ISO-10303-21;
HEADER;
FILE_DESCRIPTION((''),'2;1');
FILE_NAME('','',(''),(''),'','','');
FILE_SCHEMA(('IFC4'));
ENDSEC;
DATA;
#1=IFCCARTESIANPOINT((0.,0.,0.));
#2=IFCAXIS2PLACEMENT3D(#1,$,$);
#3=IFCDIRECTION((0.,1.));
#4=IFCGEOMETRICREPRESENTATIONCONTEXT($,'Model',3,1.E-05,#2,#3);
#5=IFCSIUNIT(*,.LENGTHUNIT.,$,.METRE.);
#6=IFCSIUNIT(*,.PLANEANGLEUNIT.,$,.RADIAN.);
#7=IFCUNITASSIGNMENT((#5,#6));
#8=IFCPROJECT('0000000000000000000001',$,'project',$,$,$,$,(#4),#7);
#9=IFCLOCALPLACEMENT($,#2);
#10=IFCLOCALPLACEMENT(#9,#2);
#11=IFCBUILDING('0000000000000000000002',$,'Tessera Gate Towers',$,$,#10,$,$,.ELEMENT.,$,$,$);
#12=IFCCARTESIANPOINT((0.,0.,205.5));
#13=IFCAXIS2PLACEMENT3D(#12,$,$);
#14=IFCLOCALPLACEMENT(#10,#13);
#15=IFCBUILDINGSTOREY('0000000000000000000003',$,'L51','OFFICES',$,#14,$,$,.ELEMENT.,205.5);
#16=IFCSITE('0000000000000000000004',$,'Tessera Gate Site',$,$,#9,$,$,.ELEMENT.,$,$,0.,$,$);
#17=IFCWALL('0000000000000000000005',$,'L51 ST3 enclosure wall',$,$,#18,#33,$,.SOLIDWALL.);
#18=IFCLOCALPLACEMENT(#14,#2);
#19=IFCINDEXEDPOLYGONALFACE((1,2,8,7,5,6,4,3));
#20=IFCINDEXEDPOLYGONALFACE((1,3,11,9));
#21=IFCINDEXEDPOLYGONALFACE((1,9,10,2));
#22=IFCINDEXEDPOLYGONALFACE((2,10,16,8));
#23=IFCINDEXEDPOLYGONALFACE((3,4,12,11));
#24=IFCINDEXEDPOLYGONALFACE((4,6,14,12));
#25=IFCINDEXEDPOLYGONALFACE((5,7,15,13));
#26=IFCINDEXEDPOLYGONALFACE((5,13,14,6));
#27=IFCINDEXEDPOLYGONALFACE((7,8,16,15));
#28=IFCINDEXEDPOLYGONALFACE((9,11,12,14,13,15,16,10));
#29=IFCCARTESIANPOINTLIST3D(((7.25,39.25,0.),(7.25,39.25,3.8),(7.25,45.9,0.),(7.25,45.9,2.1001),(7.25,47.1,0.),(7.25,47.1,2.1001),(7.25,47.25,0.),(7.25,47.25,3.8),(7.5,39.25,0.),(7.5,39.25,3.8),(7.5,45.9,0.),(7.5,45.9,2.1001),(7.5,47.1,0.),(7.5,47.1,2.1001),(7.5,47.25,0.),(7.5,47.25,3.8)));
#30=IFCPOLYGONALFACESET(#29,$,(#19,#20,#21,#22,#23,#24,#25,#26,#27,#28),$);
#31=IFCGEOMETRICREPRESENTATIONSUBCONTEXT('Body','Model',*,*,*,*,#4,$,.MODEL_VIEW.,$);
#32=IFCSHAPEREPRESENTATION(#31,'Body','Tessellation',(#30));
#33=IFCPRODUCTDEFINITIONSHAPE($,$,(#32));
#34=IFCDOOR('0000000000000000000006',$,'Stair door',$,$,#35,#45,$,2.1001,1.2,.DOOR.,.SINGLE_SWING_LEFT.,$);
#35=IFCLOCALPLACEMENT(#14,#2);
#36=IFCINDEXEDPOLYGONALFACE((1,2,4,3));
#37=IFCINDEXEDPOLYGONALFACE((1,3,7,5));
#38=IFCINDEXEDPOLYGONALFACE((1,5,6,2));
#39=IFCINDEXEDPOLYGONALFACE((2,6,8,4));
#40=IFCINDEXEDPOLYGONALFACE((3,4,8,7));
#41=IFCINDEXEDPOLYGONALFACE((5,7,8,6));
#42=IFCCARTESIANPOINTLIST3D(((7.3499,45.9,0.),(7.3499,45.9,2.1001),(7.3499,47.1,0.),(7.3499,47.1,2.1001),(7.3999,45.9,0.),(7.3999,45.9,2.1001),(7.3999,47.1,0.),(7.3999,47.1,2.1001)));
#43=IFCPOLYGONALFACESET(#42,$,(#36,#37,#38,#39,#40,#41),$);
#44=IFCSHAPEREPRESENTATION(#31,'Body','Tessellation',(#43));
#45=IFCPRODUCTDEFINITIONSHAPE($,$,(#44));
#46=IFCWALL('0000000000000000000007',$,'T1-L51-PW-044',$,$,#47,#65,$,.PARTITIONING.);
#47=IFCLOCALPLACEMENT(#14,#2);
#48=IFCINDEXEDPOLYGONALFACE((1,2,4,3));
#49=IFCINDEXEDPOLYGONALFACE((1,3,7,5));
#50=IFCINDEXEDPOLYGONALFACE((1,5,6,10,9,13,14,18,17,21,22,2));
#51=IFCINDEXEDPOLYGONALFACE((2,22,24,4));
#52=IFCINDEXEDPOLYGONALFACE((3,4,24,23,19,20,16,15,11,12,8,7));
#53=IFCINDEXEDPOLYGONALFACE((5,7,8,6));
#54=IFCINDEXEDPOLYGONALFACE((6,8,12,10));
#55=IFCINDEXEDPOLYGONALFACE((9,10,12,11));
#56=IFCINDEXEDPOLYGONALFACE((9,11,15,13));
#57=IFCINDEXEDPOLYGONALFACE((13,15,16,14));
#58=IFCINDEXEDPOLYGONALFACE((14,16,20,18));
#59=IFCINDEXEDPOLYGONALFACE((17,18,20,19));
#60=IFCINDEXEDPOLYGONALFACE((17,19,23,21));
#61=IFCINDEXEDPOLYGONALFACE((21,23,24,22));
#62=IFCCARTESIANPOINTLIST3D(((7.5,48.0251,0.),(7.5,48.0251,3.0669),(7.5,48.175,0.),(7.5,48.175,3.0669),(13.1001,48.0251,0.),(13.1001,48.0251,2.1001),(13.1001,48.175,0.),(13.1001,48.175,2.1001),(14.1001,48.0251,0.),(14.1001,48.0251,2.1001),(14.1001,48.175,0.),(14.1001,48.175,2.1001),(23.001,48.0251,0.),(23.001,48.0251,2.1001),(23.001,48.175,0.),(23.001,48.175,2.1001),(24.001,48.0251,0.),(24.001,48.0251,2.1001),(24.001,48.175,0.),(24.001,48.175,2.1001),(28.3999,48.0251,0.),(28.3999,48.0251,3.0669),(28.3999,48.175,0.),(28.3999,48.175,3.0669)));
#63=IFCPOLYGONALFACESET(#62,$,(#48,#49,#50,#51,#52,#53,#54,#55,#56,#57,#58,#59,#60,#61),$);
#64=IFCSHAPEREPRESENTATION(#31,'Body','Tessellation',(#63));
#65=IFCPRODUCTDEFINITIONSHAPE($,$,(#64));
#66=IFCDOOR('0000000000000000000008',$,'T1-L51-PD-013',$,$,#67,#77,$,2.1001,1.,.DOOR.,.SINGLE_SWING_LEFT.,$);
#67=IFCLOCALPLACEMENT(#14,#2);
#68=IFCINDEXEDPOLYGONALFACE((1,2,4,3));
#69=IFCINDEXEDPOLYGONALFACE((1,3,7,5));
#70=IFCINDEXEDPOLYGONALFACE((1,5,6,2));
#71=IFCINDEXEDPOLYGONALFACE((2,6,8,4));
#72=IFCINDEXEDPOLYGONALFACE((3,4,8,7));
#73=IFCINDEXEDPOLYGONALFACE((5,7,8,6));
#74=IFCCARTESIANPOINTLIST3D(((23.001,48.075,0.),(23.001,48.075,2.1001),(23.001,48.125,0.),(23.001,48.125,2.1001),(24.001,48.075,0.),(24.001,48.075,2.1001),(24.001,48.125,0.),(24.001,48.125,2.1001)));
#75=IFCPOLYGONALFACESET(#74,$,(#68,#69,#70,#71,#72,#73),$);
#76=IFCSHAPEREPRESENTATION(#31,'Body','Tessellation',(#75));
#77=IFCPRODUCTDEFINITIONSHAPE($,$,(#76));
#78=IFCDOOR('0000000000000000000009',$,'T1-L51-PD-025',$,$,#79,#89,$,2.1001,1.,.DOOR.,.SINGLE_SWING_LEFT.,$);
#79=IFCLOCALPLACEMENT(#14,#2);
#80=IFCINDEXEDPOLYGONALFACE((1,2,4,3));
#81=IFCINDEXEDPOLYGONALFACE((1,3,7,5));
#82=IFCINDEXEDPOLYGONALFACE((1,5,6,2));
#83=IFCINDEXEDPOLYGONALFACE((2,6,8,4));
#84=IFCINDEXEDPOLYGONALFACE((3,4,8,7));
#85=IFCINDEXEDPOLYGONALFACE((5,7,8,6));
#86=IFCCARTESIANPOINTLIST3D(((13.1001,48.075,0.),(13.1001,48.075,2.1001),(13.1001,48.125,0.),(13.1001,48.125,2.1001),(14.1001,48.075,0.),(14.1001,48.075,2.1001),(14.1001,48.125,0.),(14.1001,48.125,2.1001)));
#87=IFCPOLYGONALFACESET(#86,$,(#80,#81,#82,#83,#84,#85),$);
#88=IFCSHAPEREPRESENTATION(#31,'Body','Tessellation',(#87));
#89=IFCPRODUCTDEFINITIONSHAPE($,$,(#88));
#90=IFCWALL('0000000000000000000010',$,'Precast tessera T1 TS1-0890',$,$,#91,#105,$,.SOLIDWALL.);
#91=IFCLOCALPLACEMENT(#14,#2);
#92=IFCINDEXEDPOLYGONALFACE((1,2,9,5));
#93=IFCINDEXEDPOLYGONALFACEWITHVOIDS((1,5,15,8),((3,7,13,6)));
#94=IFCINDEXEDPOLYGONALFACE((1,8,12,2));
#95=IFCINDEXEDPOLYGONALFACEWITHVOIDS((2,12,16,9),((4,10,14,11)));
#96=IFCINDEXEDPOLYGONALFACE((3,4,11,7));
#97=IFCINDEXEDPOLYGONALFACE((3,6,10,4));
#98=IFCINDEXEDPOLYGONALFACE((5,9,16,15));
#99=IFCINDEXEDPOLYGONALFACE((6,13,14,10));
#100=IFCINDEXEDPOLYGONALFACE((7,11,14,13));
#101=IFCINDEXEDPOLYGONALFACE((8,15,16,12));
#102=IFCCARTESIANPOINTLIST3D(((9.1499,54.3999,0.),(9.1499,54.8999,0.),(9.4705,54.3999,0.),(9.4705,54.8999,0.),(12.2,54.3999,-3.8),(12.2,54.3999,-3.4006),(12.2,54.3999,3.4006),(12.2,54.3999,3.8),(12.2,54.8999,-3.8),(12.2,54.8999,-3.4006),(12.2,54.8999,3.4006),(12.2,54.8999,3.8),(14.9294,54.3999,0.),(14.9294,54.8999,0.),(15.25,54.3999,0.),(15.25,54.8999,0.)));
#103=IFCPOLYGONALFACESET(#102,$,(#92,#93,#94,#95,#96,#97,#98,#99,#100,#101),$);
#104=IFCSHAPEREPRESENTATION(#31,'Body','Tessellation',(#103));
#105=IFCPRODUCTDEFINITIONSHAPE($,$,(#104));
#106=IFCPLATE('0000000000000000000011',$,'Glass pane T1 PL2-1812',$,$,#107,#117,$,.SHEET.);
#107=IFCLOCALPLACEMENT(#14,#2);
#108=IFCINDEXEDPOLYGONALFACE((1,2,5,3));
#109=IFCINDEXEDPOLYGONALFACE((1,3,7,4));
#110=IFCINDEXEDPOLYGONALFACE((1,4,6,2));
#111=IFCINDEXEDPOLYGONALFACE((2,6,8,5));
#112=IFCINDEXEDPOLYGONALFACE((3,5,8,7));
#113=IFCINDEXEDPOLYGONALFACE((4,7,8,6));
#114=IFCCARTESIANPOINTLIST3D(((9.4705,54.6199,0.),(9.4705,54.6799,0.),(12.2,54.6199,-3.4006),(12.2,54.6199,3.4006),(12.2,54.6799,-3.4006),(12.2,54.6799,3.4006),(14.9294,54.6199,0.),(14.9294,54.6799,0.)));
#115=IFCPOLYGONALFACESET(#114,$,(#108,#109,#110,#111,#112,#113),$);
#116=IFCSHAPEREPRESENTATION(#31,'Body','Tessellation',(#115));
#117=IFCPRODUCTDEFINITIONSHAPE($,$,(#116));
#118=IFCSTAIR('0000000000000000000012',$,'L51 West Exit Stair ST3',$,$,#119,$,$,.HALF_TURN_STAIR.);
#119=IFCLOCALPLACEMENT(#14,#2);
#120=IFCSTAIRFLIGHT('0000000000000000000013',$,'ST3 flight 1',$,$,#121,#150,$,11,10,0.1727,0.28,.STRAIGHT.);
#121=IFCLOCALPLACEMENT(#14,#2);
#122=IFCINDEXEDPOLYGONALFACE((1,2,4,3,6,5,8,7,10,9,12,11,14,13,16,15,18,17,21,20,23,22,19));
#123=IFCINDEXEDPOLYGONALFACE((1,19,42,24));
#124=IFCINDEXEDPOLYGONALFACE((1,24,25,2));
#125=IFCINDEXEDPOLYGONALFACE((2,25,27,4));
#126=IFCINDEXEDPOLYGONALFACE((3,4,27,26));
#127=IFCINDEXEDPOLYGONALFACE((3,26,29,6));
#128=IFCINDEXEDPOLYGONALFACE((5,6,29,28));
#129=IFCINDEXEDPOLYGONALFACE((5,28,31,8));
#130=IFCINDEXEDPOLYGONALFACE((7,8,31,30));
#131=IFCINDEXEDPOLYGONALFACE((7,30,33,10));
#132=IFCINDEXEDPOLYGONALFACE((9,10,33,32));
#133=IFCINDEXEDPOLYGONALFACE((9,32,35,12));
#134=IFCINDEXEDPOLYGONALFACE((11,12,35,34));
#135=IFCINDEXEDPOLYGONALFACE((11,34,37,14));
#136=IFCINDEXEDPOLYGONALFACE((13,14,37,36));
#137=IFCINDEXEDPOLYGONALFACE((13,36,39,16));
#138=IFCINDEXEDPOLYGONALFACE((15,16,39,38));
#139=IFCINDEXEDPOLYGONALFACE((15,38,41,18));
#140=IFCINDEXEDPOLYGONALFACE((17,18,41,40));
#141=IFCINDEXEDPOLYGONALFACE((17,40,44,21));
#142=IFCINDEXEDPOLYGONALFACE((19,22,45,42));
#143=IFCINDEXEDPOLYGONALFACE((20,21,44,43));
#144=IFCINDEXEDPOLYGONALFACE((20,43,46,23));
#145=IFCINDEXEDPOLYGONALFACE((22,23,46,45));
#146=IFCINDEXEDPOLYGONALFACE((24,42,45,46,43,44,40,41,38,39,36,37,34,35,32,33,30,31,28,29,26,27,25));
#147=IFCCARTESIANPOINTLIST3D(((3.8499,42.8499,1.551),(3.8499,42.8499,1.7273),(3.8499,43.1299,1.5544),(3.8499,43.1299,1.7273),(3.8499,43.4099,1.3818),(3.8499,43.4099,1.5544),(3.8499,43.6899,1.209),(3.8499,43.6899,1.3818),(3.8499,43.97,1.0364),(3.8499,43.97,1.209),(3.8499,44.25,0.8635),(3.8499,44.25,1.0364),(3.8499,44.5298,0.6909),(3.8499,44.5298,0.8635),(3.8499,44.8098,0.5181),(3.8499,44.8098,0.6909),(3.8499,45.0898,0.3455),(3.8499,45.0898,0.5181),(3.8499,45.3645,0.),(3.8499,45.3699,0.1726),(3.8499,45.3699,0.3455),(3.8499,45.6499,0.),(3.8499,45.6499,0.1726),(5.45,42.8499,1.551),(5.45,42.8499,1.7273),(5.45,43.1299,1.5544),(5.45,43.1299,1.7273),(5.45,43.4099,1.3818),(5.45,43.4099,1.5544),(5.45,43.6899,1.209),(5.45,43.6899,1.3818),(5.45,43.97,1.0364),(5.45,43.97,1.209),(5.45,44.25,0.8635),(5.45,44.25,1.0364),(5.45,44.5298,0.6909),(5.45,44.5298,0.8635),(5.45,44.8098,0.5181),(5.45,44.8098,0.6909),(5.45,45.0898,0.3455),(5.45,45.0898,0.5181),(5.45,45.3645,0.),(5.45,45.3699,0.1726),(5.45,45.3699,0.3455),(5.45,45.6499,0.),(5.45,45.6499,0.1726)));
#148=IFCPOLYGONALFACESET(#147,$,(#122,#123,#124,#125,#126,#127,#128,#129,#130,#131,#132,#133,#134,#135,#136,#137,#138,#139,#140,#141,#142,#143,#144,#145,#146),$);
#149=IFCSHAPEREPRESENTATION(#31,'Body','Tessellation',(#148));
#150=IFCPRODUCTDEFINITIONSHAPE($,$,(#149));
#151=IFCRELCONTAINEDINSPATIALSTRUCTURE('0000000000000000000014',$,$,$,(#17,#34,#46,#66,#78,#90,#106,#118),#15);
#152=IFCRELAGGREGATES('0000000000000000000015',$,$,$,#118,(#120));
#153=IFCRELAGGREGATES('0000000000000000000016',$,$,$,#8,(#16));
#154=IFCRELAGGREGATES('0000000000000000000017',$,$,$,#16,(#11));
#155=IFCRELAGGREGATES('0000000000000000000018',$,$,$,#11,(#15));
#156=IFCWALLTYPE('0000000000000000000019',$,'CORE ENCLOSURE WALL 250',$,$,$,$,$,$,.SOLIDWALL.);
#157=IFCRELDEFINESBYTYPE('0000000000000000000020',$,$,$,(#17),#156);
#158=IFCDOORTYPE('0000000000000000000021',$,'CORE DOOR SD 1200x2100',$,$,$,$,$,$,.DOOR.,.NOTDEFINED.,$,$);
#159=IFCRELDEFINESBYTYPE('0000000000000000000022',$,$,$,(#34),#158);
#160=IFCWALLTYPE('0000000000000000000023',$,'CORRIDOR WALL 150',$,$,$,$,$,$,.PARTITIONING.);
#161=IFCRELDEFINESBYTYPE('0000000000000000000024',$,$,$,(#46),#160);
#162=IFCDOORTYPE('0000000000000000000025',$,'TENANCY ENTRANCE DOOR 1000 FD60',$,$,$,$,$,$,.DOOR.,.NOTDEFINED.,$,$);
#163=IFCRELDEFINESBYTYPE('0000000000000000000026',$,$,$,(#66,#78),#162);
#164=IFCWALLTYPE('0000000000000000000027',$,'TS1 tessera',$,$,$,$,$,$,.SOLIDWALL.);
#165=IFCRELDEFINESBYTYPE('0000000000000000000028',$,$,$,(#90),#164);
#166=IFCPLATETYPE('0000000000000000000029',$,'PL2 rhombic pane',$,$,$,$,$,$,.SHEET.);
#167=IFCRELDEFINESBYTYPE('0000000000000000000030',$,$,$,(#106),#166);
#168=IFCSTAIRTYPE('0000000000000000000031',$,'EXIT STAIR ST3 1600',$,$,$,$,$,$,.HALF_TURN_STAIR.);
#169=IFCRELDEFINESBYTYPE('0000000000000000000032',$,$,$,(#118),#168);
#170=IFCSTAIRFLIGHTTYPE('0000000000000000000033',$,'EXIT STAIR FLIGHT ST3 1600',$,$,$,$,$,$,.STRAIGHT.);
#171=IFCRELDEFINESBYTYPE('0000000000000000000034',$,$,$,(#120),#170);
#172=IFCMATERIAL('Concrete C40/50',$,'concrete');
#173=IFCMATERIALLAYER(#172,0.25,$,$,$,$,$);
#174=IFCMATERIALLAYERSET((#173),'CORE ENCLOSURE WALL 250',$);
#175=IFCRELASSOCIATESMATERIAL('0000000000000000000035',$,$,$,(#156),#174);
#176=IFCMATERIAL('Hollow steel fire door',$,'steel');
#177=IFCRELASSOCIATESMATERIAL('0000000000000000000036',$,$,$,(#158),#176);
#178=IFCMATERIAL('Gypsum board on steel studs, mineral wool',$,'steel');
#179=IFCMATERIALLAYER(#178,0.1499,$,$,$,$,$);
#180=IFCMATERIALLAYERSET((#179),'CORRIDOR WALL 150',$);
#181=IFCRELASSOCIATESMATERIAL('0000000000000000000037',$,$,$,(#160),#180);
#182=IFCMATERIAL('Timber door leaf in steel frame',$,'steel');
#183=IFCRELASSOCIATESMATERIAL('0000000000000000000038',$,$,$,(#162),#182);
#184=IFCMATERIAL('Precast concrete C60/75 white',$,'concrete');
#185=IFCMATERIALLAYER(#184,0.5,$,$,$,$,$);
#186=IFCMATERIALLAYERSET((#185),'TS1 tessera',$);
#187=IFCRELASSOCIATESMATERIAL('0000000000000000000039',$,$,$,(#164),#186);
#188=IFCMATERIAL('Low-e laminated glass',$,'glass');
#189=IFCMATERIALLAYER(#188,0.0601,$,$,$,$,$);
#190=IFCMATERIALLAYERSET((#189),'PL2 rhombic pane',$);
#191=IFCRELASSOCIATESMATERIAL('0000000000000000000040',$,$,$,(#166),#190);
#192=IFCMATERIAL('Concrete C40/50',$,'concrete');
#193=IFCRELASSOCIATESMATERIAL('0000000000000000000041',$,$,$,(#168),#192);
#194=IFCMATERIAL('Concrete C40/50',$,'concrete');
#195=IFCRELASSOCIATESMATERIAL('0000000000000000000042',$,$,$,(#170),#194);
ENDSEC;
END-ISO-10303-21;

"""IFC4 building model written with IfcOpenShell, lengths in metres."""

from ifc_helpers import new_model, si_unit, direction, frame, frame_2d, origin, place, context, subcontext, project, spatial, polyline, rectangle, outline, extrude, source, transform, mapped, material, layer, layer_set, type_object, element, fill, aggregate, save


model = new_model("IFC4")

# Units and contexts
model_context = context("Model", 3, precision=1e-05, world=origin(), true_north=direction((0.0, 1.0)))
body_context = subcontext(model_context, "Body", "Model", "MODEL_VIEW")
ifc_project = project(units=[si_unit("LENGTHUNIT", "METRE"), si_unit("PLANEANGLEUNIT", "RADIAN")], contexts=[model_context])

# Site, building, storey
site_placement = place(None, origin())
site = spatial("IfcSite", under=ifc_project, at=site_placement, Name="Tessera Gate Site", CompositionType="ELEMENT", RefElevation=0.0)
building_placement = place(site_placement, origin())
building = spatial("IfcBuilding", under=site, at=building_placement, Name="Tessera Gate Towers", CompositionType="ELEMENT")
storey_placement = place(building_placement, frame((0.0, 0.0, 205.5)))
storey = spatial("IfcBuildingStorey", under=building, at=storey_placement, Name="L51", Description="OFFICES", CompositionType="ELEMENT", Elevation=205.5)

# Shared definitions
ifc_material_1 = material(Name="Concrete C40/50", Category="concrete")
ifc_layer_1 = layer(ifc_material_1, 0.25)
ifc_layer_set_1 = layer_set([ifc_layer_1], Name="CORE ENCLOSURE WALL 250")
wall_type_1 = type_object("IfcWallType", Name="CORE ENCLOSURE WALL 250", PredefinedType="SOLIDWALL", material=ifc_layer_set_1)

# Wall, opening, door
wall_1_placement = place(storey_placement, frame((7.375, 47.25, 0.0), z_axis=(0.0, 0.0, 1.0), x_axis=(0.0, -1.0, 0.0)))
wall_1 = element("IfcWall", 1, at=wall_1_placement, inside=storey, type_object=wall_type_1, Name="L51 ST3 enclosure wall", PredefinedType="SOLIDWALL", context=body_context, shape_type="SweptSolid", body=[
    extrude(rectangle(XDim=8.0, YDim=0.25, at=frame_2d((4.0, 0.0))), origin(), (0.0, 0.0, 1.0), 3.8),
])
shared_shape_1 = source(origin(), body_context, "Body", "SweptSolid", [
    extrude(rectangle(XDim=1.2, YDim=2.1001, at=frame_2d((0.6001, 1.05))), frame((0.0, 0.135, 0.0), z_axis=(0.0, -1.0, 0.0), x_axis=(1.0, 0.0, 0.0)), (0.0, 0.0, 1.0), 0.27),
])
opening_1_placement = place(wall_1_placement, frame((0.1499, 0.0, 0.0)))
opening_1 = element("IfcOpeningElement", 2, at=opening_1_placement, cuts=wall_1, PredefinedType="OPENING", context=body_context, shape_type="MappedRepresentation", body=[
    mapped(shared_shape_1, transform((0.0, 0.0, 0.0), scale=1.0)),
])
ifc_material_2 = material(Name="Hollow steel fire door", Category="steel")
door_type_1 = type_object("IfcDoorType", Name="CORE DOOR SD 1200x2100", OperationType="NOTDEFINED", PredefinedType="DOOR", material=ifc_material_2)
shared_shape_2 = source(origin(), body_context, "Body", "SweptSolid", [
    extrude(rectangle(XDim=1.2, YDim=2.1001, at=frame_2d((0.6001, 1.05))), frame((0.0, 0.0249, 0.0), z_axis=(0.0, -1.0, 0.0), x_axis=(1.0, 0.0, 0.0)), (0.0, 0.0, 1.0), 0.05),
])
door_1_placement = place(opening_1_placement, origin())
door_1 = element("IfcDoor", 3, at=door_1_placement, inside=storey, type_object=door_type_1, Name="Stair door", OperationType="SINGLE_SWING_LEFT", OverallHeight=2.1001, OverallWidth=1.2, PredefinedType="DOOR", context=body_context, shape_type="MappedRepresentation", body=[
    mapped(shared_shape_2, transform((0.0, 0.0, 0.0), scale=1.0)),
])
fill(opening_1, door_1)

# Wall, openings, doors
ifc_material_3 = material(Name="Gypsum board on steel studs, mineral wool", Category="steel")
ifc_layer_2 = layer(ifc_material_3, 0.1499)
ifc_layer_set_2 = layer_set([ifc_layer_2], Name="CORRIDOR WALL 150")
wall_type_2 = type_object("IfcWallType", Name="CORRIDOR WALL 150", PredefinedType="PARTITIONING", material=ifc_layer_set_2)
wall_2_placement = place(storey_placement, frame((7.5, 48.1001, 0.0), z_axis=(0.0, 0.0, 1.0), x_axis=(1.0, 0.0, 0.0)))
wall_2 = element("IfcWall", 4, at=wall_2_placement, inside=storey, type_object=wall_type_2, Name="T1-L51-PW-044", PredefinedType="PARTITIONING", context=body_context, shape_type="SweptSolid", body=[
    extrude(rectangle(XDim=20.8999, YDim=0.1499, at=frame_2d((10.45, 0.0))), origin(), (0.0, 0.0, 1.0), 3.0669),
])
shared_shape_3 = source(origin(), body_context, "Body", "SweptSolid", [
    extrude(rectangle(XDim=1.0, YDim=2.1001, at=frame_2d((0.5, 1.05))), frame((0.0, 0.085, 0.0), z_axis=(0.0, -1.0, 0.0), x_axis=(1.0, 0.0, 0.0)), (0.0, 0.0, 1.0), 0.1699),
])
opening_2_placement = place(wall_2_placement, frame((15.501, 0.0, 0.0)))
opening_2 = element("IfcOpeningElement", 5, at=opening_2_placement, cuts=wall_2, PredefinedType="OPENING", context=body_context, shape_type="MappedRepresentation", body=[
    mapped(shared_shape_3, transform((0.0, 0.0, 0.0), scale=1.0)),
])
opening_3_placement = place(wall_2_placement, frame((5.6001, 0.0, 0.0)))
opening_3 = element("IfcOpeningElement", 6, at=opening_3_placement, cuts=wall_2, PredefinedType="OPENING", context=body_context, shape_type="MappedRepresentation", body=[
    mapped(shared_shape_3, transform((0.0, 0.0, 0.0), scale=1.0)),
])
ifc_material_4 = material(Name="Timber door leaf in steel frame", Category="steel")
door_type_2 = type_object("IfcDoorType", Name="TENANCY ENTRANCE DOOR 1000 FD60", OperationType="NOTDEFINED", PredefinedType="DOOR", material=ifc_material_4)
shared_shape_4 = source(origin(), body_context, "Body", "SweptSolid", [
    extrude(rectangle(XDim=1.0, YDim=2.1001, at=frame_2d((0.5, 1.05))), frame((0.0, 0.0249, 0.0), z_axis=(0.0, -1.0, 0.0), x_axis=(1.0, 0.0, 0.0)), (0.0, 0.0, 1.0), 0.05),
])
door_2_placement = place(opening_2_placement, origin())
door_2 = element("IfcDoor", 7, at=door_2_placement, inside=storey, type_object=door_type_2, Name="T1-L51-PD-013", OperationType="SINGLE_SWING_LEFT", OverallHeight=2.1001, OverallWidth=1.0, PredefinedType="DOOR", context=body_context, shape_type="MappedRepresentation", body=[
    mapped(shared_shape_4, transform((0.0, 0.0, 0.0), scale=1.0)),
])
fill(opening_2, door_2)
door_3_placement = place(opening_3_placement, origin())
door_3 = element("IfcDoor", 8, at=door_3_placement, inside=storey, type_object=door_type_2, Name="T1-L51-PD-025", OperationType="SINGLE_SWING_LEFT", OverallHeight=2.1001, OverallWidth=1.0, PredefinedType="DOOR", context=body_context, shape_type="MappedRepresentation", body=[
    mapped(shared_shape_4, transform((0.0, 0.0, 0.0), scale=1.0)),
])
fill(opening_3, door_3)

# Wall, opening, plate
ifc_material_5 = material(Name="Precast concrete C60/75 white", Category="concrete")
ifc_layer_3 = layer(ifc_material_5, 0.5)
ifc_layer_set_3 = layer_set([ifc_layer_3], Name="TS1 tessera")
wall_type_3 = type_object("IfcWallType", Name="TS1 tessera", PredefinedType="SOLIDWALL", material=ifc_layer_set_3)
shared_shape_5 = source(origin(), body_context, "Body", "SweptSolid", [
    extrude(outline(polyline([(3.05, 0.0), (6.1001, 3.8), (3.05, 7.6001), (0.0, 3.8), (3.05, 0.0)])), frame((0.0, 0.25, 0.0), z_axis=(0.0, -1.0, 0.0), x_axis=(1.0, 0.0, 0.0)), (0.0, 0.0, 1.0), 0.5),
])
wall_3_placement = place(storey_placement, frame((15.25, 54.6499, -3.8), z_axis=(0.0, 0.0, 1.0), x_axis=(-1.0, 0.0, 0.0)))
wall_3 = element("IfcWall", 9, at=wall_3_placement, inside=storey, type_object=wall_type_3, Name="Precast tessera T1 TS1-0890", PredefinedType="SOLIDWALL", context=body_context, shape_type="MappedRepresentation", body=[
    mapped(shared_shape_5, transform((0.0, 0.0, 0.0), scale=1.0)),
])
shared_shape_6 = source(origin(), body_context, "Body", "SweptSolid", [
    extrude(outline(polyline([(3.05, 0.3994), (5.7795, 3.8), (3.05, 7.2007), (0.3206, 3.8), (3.05, 0.3994)])), frame((0.0, 0.26, 0.0), z_axis=(0.0, -1.0, 0.0), x_axis=(1.0, 0.0, 0.0)), (0.0, 0.0, 1.0), 0.52),
])
opening_4_placement = place(wall_3_placement, origin())
opening_4 = element("IfcOpeningElement", 10, at=opening_4_placement, cuts=wall_3, PredefinedType="OPENING", context=body_context, shape_type="MappedRepresentation", body=[
    mapped(shared_shape_6, transform((0.0, 0.0, 0.0), scale=1.0)),
])
ifc_material_6 = material(Name="Low-e laminated glass", Category="glass")
ifc_layer_4 = layer(ifc_material_6, 0.0601)
ifc_layer_set_4 = layer_set([ifc_layer_4], Name="PL2 rhombic pane")
plate_type = type_object("IfcPlateType", Name="PL2 rhombic pane", PredefinedType="SHEET", material=ifc_layer_set_4)
shared_shape_7 = source(origin(), body_context, "Body", "SweptSolid", [
    extrude(outline(polyline([(3.05, 0.3994), (5.7795, 3.8), (3.05, 7.2007), (0.3206, 3.8), (3.05, 0.3994)])), frame((0.0, 0.03, 0.0), z_axis=(0.0, -1.0, 0.0), x_axis=(1.0, 0.0, 0.0)), (0.0, 0.0, 1.0), 0.0601),
])
plate_placement = place(opening_4_placement, origin())
plate = element("IfcPlate", 11, at=plate_placement, inside=storey, type_object=plate_type, Name="Glass pane T1 PL2-1812", PredefinedType="SHEET", context=body_context, shape_type="MappedRepresentation", body=[
    mapped(shared_shape_7, transform((0.0, 0.0, 0.0), scale=1.0)),
])
fill(opening_4, plate)

# Stair, stair flight
ifc_material_7 = material(Name="Concrete C40/50", Category="concrete")
stair_type = type_object("IfcStairType", Name="EXIT STAIR ST3 1600", PredefinedType="HALF_TURN_STAIR", material=ifc_material_7)
stair_placement = place(storey_placement, origin())
stair = element("IfcStair", 12, at=stair_placement, inside=storey, type_object=stair_type, Name="L51 West Exit Stair ST3", PredefinedType="HALF_TURN_STAIR")
ifc_material_8 = material(Name="Concrete C40/50", Category="concrete")
stair_flight_type = type_object("IfcStairFlightType", Name="EXIT STAIR FLIGHT ST3 1600", PredefinedType="STRAIGHT", material=ifc_material_8)
stair_flight_placement = place(storey_placement, frame((4.6499, 45.6499, 0.0), z_axis=(0.0, 0.0, 1.0), x_axis=(0.0, -1.0, 0.0)))
stair_flight = element("IfcStairFlight", 13, at=stair_flight_placement, type_object=stair_flight_type, Name="ST3 flight 1", NumberOfRisers=11, NumberOfTreads=10, PredefinedType="STRAIGHT", RiserHeight=0.1727, TreadLength=0.28, context=body_context, shape_type="SweptSolid", body=[
    extrude(outline(polyline([(0.0, 0.0), (0.0, 0.1726), (0.28, 0.1726), (0.28, 0.3455), (0.5601, 0.3455), (0.5601, 0.5181), (0.8401, 0.5181), (0.8401, 0.6909), (1.1201, 0.6909), (1.1201, 0.8635), (1.3999, 0.8635), (1.3999, 1.0364), (1.6799, 1.0364), (1.6799, 1.209), (1.96, 1.209), (1.96, 1.3818), (2.24, 1.3818), (2.24, 1.5544), (2.52, 1.5544), (2.52, 1.7273), (2.8, 1.7273), (2.8, 1.8999), (2.8, 1.551), (0.2854, 0.0), (0.0, 0.0)])), frame((0.0, 0.8, 0.0), z_axis=(0.0, -1.0, 0.0), x_axis=(1.0, 0.0, 0.0)), (0.0, 0.0, 1.0), 1.6001),
])
aggregate(stair, [stair_flight])

save(model, "model.ifc")
